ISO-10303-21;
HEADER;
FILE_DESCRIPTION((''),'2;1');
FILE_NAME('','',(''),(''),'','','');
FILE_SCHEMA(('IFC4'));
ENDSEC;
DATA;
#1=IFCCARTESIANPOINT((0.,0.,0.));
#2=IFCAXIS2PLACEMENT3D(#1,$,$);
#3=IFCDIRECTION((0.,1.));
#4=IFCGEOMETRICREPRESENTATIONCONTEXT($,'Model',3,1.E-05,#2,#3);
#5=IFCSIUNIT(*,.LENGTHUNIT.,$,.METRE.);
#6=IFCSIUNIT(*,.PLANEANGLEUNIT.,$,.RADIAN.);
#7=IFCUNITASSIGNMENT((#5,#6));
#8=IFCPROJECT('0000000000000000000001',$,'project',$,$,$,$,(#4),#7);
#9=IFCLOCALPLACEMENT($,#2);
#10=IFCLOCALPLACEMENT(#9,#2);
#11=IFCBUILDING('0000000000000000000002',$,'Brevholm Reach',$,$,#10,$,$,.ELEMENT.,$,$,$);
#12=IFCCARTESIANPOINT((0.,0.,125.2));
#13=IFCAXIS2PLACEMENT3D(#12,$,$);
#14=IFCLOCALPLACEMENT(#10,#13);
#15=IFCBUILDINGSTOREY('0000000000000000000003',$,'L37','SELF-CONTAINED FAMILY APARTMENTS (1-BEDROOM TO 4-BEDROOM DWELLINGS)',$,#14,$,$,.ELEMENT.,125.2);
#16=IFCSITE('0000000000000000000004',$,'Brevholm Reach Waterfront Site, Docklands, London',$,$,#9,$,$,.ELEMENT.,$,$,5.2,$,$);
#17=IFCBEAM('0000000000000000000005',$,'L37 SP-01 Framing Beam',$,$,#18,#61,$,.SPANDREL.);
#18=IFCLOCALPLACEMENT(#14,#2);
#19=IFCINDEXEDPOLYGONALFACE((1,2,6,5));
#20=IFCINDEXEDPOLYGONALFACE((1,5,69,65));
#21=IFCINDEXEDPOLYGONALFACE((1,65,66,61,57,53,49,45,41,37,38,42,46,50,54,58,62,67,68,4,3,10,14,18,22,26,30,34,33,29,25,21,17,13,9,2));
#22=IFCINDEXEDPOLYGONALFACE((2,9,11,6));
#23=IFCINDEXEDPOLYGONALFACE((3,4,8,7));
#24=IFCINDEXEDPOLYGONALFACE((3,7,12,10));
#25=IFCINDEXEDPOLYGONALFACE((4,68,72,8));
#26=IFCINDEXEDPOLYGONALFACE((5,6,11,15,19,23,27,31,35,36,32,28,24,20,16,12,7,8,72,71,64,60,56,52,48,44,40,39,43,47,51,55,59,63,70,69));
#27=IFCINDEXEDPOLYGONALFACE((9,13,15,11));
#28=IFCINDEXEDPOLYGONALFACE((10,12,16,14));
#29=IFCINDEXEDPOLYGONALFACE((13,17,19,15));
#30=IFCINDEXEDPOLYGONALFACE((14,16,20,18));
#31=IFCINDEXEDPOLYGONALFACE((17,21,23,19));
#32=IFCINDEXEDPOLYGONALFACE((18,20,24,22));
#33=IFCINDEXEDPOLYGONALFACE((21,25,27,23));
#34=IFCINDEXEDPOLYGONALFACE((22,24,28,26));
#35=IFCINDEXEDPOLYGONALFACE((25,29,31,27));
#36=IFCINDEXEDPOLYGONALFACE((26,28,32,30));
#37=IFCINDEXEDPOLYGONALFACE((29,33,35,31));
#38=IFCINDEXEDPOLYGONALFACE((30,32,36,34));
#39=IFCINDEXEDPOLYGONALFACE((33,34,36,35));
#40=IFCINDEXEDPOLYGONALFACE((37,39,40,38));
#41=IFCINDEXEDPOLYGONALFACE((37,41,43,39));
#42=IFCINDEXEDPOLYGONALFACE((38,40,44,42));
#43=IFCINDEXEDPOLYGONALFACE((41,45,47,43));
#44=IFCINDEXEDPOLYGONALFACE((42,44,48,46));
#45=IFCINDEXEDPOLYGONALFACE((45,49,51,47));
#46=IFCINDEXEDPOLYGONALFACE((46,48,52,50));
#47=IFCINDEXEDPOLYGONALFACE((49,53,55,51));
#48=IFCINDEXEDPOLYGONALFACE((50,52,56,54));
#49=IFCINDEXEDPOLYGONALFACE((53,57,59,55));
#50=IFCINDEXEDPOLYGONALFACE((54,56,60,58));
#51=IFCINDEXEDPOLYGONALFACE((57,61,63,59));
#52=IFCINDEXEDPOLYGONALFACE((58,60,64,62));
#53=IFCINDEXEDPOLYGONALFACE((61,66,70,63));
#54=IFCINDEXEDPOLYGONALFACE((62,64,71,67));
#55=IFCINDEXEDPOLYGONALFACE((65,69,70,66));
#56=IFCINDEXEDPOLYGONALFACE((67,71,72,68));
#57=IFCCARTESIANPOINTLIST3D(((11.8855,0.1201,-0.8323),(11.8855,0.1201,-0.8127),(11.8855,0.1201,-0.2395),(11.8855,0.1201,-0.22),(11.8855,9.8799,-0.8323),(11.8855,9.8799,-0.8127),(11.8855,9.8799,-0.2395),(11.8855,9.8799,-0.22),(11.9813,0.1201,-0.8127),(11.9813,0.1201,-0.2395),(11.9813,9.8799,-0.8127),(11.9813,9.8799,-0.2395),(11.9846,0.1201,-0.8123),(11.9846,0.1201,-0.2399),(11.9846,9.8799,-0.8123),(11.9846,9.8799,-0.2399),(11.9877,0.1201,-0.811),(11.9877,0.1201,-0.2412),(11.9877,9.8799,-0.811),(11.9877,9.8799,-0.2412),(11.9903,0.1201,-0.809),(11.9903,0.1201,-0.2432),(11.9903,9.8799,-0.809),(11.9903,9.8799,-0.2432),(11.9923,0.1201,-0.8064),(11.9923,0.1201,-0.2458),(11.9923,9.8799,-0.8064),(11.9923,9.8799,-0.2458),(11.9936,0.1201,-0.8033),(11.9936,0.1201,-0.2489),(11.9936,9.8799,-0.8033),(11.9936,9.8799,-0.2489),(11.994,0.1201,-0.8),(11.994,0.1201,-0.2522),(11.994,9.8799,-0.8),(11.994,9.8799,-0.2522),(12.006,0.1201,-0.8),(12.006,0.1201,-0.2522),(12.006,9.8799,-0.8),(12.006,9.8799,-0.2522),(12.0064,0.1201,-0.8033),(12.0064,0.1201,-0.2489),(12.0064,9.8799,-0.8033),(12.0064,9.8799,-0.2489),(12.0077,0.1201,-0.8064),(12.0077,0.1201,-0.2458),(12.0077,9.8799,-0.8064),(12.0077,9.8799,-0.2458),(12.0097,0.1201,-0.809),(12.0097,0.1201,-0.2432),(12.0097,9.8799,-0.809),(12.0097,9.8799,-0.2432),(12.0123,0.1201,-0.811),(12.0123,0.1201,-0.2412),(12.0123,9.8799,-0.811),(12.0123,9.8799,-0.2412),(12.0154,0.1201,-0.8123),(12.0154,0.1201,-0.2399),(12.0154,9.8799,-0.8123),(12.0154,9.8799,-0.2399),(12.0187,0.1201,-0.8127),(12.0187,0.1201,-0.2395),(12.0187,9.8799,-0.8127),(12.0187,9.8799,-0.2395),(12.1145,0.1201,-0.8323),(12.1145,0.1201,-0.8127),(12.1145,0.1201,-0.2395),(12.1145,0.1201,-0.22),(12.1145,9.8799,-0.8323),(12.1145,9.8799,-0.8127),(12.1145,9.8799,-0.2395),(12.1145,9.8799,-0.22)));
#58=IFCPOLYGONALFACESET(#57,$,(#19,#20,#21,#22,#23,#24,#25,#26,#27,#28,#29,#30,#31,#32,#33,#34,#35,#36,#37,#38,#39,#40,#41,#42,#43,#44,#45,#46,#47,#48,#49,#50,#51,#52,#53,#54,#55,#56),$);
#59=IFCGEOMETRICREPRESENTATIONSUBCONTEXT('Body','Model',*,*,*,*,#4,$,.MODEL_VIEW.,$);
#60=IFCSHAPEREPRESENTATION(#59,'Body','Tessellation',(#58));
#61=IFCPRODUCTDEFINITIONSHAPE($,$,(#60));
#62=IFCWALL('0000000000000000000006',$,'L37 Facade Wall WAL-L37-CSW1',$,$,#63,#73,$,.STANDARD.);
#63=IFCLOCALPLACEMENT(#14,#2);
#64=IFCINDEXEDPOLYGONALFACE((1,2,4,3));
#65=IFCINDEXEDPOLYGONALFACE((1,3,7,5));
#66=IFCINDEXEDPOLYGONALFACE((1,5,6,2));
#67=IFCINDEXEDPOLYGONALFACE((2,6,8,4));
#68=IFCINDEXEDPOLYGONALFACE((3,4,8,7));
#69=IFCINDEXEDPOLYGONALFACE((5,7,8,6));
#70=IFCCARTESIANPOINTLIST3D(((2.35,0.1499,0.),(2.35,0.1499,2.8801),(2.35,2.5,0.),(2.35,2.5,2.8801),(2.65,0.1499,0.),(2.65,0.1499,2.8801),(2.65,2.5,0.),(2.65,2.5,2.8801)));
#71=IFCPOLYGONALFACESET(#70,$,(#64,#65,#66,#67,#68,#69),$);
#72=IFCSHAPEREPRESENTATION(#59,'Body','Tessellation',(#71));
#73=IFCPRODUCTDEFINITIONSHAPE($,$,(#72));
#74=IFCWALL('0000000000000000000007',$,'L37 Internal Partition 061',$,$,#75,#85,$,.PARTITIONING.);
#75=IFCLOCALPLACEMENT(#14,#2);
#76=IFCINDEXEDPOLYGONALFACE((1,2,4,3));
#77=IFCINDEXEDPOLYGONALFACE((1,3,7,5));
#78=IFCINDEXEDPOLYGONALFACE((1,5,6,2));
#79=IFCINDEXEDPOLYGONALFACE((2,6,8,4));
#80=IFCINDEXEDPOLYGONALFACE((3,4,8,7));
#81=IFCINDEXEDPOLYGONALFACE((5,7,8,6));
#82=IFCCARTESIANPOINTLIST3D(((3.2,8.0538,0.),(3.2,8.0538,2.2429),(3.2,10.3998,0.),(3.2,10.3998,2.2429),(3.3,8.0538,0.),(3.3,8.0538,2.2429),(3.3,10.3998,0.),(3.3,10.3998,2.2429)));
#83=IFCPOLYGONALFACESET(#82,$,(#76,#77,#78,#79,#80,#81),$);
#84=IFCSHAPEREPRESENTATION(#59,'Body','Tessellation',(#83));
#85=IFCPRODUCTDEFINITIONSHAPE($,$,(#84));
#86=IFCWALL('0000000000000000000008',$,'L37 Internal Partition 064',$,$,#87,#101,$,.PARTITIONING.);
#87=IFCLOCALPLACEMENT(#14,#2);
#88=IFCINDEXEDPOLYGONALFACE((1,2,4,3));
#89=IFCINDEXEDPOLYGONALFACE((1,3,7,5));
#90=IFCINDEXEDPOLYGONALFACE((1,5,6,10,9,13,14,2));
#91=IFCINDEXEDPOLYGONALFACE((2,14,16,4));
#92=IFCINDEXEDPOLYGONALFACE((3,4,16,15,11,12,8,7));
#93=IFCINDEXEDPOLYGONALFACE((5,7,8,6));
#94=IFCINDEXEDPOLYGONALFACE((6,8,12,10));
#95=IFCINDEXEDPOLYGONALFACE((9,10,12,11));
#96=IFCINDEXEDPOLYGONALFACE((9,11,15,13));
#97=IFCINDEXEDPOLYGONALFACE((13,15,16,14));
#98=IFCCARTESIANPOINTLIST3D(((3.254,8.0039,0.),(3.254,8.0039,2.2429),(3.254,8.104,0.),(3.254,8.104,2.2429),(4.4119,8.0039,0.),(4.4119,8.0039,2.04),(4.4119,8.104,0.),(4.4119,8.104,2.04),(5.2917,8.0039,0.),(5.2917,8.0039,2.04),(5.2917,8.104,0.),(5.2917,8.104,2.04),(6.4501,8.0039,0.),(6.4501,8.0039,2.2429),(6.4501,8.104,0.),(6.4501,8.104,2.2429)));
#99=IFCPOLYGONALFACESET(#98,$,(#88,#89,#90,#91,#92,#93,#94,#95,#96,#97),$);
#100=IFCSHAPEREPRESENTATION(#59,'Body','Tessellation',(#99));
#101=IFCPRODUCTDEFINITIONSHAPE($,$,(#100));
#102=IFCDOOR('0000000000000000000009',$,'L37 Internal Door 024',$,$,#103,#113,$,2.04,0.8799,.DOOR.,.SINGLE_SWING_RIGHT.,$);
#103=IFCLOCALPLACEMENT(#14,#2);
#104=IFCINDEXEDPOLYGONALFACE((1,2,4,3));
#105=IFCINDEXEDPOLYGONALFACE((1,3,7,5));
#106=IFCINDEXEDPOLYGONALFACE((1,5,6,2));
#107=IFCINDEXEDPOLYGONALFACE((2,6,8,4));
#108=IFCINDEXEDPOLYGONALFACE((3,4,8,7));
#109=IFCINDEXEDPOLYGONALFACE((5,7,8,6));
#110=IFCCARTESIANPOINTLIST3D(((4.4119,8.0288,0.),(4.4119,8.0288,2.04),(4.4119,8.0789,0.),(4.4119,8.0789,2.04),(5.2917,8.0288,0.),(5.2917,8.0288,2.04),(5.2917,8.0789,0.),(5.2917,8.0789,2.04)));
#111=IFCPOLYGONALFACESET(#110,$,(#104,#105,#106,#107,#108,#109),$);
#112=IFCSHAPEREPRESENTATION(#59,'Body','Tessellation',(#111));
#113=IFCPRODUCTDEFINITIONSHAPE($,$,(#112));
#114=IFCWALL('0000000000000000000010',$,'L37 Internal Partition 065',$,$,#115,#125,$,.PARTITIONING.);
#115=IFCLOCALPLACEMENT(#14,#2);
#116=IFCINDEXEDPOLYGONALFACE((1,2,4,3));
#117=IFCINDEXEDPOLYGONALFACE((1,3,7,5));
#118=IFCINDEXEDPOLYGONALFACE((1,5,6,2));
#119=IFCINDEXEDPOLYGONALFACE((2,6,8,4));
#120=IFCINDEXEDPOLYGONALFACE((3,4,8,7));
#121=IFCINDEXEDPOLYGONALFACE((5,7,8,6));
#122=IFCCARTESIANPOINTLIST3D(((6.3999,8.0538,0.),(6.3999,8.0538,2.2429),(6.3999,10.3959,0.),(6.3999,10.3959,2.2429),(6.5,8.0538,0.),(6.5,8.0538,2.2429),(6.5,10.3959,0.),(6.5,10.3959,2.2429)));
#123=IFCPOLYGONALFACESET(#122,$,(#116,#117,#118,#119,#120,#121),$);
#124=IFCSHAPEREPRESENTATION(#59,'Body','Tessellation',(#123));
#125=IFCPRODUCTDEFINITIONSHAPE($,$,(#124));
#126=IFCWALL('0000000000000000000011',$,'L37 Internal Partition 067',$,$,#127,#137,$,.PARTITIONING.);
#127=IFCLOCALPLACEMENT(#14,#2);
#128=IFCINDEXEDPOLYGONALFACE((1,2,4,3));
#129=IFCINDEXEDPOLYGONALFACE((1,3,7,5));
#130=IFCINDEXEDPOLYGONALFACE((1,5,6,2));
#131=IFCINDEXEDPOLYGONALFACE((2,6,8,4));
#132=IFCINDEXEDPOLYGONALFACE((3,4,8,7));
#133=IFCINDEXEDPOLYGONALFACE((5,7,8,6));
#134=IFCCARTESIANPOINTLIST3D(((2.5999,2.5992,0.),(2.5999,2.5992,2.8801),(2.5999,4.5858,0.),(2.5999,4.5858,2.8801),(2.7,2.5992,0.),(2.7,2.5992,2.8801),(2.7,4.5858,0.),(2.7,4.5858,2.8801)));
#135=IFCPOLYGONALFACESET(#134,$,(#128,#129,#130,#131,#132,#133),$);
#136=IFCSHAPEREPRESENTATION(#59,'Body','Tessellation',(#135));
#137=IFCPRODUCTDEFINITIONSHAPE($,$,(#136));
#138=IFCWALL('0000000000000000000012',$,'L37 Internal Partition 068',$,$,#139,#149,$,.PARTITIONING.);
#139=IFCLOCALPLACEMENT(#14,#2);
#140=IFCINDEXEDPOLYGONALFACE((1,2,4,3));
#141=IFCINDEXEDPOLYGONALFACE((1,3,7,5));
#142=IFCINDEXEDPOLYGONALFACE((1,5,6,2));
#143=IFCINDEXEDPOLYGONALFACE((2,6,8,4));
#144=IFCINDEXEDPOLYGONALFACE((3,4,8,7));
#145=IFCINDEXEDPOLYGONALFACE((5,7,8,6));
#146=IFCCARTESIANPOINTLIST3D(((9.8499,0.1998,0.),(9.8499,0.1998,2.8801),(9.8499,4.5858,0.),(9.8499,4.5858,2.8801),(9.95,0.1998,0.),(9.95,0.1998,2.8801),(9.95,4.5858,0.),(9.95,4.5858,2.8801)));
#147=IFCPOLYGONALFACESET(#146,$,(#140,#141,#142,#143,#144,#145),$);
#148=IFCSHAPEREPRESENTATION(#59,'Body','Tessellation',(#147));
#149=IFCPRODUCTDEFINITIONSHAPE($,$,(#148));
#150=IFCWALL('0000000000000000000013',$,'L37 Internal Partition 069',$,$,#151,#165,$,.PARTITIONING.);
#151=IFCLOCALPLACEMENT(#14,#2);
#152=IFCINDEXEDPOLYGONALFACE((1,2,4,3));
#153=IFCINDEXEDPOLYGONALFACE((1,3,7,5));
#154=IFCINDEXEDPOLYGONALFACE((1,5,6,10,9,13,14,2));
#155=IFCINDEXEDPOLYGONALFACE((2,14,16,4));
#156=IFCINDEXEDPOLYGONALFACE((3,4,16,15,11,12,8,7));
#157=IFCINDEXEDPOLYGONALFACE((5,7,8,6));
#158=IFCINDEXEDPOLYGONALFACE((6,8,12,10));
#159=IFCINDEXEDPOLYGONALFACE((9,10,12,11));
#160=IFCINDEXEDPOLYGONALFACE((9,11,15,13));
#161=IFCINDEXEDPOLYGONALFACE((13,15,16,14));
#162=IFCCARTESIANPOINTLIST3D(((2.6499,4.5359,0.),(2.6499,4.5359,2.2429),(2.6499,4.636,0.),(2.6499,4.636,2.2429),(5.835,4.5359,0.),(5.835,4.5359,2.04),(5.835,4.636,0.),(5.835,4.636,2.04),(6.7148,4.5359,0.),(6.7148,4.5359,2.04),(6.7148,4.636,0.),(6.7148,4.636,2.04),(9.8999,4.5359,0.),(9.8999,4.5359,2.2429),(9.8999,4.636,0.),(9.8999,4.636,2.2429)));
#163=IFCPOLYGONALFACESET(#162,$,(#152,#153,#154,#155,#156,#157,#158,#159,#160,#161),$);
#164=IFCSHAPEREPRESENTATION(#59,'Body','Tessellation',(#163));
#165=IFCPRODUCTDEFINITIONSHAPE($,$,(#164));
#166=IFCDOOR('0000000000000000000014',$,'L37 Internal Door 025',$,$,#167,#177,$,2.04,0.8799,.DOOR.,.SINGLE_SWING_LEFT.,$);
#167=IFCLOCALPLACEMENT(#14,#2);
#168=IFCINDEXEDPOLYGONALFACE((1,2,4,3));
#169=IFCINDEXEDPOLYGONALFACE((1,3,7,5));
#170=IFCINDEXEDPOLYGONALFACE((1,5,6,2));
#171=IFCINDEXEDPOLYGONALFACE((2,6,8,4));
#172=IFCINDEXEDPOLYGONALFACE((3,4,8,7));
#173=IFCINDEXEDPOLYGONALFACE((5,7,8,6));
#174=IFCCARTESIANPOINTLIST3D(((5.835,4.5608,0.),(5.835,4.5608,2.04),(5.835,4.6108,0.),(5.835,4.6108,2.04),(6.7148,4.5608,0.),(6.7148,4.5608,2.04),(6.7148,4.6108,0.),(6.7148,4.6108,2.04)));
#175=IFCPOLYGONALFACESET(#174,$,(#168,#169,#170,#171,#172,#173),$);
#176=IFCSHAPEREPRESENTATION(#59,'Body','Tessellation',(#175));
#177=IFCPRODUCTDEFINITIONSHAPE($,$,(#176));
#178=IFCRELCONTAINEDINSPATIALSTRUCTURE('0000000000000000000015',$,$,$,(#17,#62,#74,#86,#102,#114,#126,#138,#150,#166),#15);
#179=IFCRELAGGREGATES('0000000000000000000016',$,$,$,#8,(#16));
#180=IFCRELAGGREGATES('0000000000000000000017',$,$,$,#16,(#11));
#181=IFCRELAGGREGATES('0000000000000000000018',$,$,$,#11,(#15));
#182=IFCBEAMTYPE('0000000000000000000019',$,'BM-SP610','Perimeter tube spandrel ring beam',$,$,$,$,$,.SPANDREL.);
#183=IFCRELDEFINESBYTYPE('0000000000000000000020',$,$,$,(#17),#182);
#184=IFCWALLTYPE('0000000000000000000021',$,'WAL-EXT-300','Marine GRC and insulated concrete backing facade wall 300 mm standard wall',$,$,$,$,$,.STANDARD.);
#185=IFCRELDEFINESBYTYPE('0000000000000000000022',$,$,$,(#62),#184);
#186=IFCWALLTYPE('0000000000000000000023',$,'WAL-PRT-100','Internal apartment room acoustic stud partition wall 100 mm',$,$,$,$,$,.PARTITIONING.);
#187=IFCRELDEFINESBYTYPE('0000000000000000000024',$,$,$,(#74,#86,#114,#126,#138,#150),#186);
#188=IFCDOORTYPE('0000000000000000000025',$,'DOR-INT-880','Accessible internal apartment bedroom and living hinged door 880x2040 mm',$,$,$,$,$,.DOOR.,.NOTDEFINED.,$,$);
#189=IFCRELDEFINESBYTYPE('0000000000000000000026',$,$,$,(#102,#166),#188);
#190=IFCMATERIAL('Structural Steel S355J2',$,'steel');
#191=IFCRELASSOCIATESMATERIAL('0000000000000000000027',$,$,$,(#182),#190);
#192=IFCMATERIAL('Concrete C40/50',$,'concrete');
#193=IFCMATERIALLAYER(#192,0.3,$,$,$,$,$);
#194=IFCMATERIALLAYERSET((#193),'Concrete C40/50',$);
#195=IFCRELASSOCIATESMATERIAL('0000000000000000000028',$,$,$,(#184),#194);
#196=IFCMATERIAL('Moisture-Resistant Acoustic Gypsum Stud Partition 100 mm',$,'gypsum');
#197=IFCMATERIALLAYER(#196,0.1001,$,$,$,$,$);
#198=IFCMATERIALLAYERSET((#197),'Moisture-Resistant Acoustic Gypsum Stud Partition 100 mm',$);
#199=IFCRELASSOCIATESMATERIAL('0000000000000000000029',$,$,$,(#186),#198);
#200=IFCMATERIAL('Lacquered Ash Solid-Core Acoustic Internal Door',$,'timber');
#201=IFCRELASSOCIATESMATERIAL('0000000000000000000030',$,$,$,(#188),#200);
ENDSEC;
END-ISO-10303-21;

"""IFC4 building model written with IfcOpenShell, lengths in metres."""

from ifc_helpers import new_model, si_unit, direction, frame, frame_2d, origin, origin_2d, place, context, subcontext, project, spatial, rectangle, i_section, extrude, material, layer, layer_set, material_profile, profile_set, type_object, element, fill, save


model = new_model("IFC4")

# Units and contexts
model_context = context("Model", 3, precision=1e-05, world=origin(), true_north=direction((0.0, 1.0)))
body_context = subcontext(model_context, "Body", "Model", "MODEL_VIEW")
ifc_project = project(units=[si_unit("LENGTHUNIT", "METRE"), si_unit("PLANEANGLEUNIT", "RADIAN")], contexts=[model_context])

# Site, building, storey
site_placement = place(None, origin())
site = spatial("IfcSite", under=ifc_project, at=site_placement, Name="Brevholm Reach Waterfront Site, Docklands, London", CompositionType="ELEMENT", RefElevation=5.2)
building_placement = place(site_placement, origin())
building = spatial("IfcBuilding", under=site, at=building_placement, Name="Brevholm Reach", CompositionType="ELEMENT")
storey_placement = place(building_placement, frame((0.0, 0.0, 125.2)))
storey = spatial("IfcBuildingStorey", under=building, at=storey_placement, Name="L37", Description="SELF-CONTAINED FAMILY APARTMENTS (1-BEDROOM TO 4-BEDROOM DWELLINGS)", CompositionType="ELEMENT", Elevation=125.2)

# Beam
ifc_material_1 = material(Name="Structural Steel S355J2", Category="steel")
ifc_material_profile_1 = material_profile(ifc_material_1, i_section(OverallWidth=0.229, OverallDepth=0.6123, WebThickness=0.012, FlangeThickness=0.0195, FilletRadius=0.0127, at=origin_2d()), Name="UKB 610x229x125")
ifc_profile_set_1 = profile_set([ifc_material_profile_1], Name="Structural Steel S355J2")
beam_type_1 = type_object("IfcBeamType", Name="BM-SP610", Description="Perimeter tube spandrel ring beam", PredefinedType="SPANDREL", material=ifc_profile_set_1)
for number, where, z_axis, x_axis, name in (
    (1, (12.0, 0.1201, -0.5261), (0.0, 1.0, 0.0), (-1.0, 0.0, 0.0), "L37 SP-01 Framing Beam"),
):
    element("IfcBeam", number, at=place(storey_placement, frame(where, z_axis=z_axis, x_axis=x_axis)), inside=storey, type_object=beam_type_1, Name=name, PredefinedType="SPANDREL", context=body_context, shape_type="SweptSolid", body=[
        extrude(i_section(OverallWidth=0.229, OverallDepth=0.6123, WebThickness=0.012, FlangeThickness=0.0195, FilletRadius=0.0127, at=origin_2d()), origin(), (0.0, 0.0, 1.0), 9.7598),
    ])

# Walls
ifc_material_2 = material(Name="Concrete C40/50", Category="concrete")
ifc_layer_1 = layer(ifc_material_2, 0.3)
ifc_layer_set_1 = layer_set([ifc_layer_1], Name="Concrete C40/50")
wall_type_1 = type_object("IfcWallType", Name="WAL-EXT-300", Description="Marine GRC and insulated concrete backing facade wall 300 mm standard wall", PredefinedType="STANDARD", material=ifc_layer_set_1)
wall_1_placement = place(storey_placement, frame((2.5, 2.5, 0.0), z_axis=(0.0, 0.0, 1.0), x_axis=(0.0, -1.0, 0.0)))
element("IfcWall", 2, at=wall_1_placement, inside=storey, type_object=wall_type_1, Name="L37 Facade Wall WAL-L37-CSW1", PredefinedType="STANDARD", context=body_context, shape_type="SweptSolid", body=[
    extrude(rectangle(XDim=2.3501, YDim=0.3, at=frame_2d((1.175, 0.0))), origin(), (0.0, 0.0, 1.0), 2.8801),
])
ifc_material_3 = material(Name="Moisture-Resistant Acoustic Gypsum Stud Partition 100 mm", Category="gypsum")
ifc_layer_2 = layer(ifc_material_3, 0.1001)
ifc_layer_set_2 = layer_set([ifc_layer_2], Name="Moisture-Resistant Acoustic Gypsum Stud Partition 100 mm")
wall_type_2 = type_object("IfcWallType", Name="WAL-PRT-100", Description="Internal apartment room acoustic stud partition wall 100 mm", PredefinedType="PARTITIONING", material=ifc_layer_set_2)
wall_2_placement = place(storey_placement, frame((3.25, 8.054, 0.0), z_axis=(0.0, 0.0, 1.0), x_axis=(0.0, 1.0, 0.0)))
element("IfcWall", 3, at=wall_2_placement, inside=storey, type_object=wall_type_2, Name="L37 Internal Partition 061", PredefinedType="PARTITIONING", context=body_context, shape_type="SweptSolid", body=[
    extrude(rectangle(XDim=2.3459, YDim=0.1001, at=frame_2d((1.1729, 0.0))), origin(), (0.0, 0.0, 1.0), 2.2429),
])

# Wall, opening, door
wall_3_placement = place(storey_placement, frame((3.2539, 8.054, 0.0), z_axis=(0.0, 0.0, 1.0), x_axis=(1.0, 0.0, 0.0)))
wall_3 = element("IfcWall", 4, at=wall_3_placement, inside=storey, type_object=wall_type_2, Name="L37 Internal Partition 064", PredefinedType="PARTITIONING", context=body_context, shape_type="SweptSolid", body=[
    extrude(rectangle(XDim=3.196, YDim=0.1001, at=frame_2d((1.5981, 0.0))), origin(), (0.0, 0.0, 1.0), 2.2429),
])
opening_1_placement = place(wall_3_placement, frame((1.158, 0.0, 0.0)))
opening_1 = element("IfcOpeningElement", 5, at=opening_1_placement, cuts=wall_3, PredefinedType="OPENING", context=body_context, shape_type="SweptSolid", body=[
    extrude(rectangle(XDim=0.8799, YDim=2.04, at=frame_2d((0.4399, 1.02))), frame((0.0, 0.0601, 0.0), z_axis=(0.0, -1.0, 0.0), x_axis=(1.0, 0.0, 0.0)), (0.0, 0.0, 1.0), 0.1201),
])
ifc_material_4 = material(Name="Lacquered Ash Solid-Core Acoustic Internal Door", Category="timber")
door_type = type_object("IfcDoorType", Name="DOR-INT-880", Description="Accessible internal apartment bedroom and living hinged door 880x2040 mm", OperationType="NOTDEFINED", PredefinedType="DOOR", material=ifc_material_4)
door_1_placement = place(opening_1_placement, origin())
door_1 = element("IfcDoor", 6, at=door_1_placement, inside=storey, type_object=door_type, Name="L37 Internal Door 024", OperationType="SINGLE_SWING_RIGHT", OverallHeight=2.04, OverallWidth=0.8799, PredefinedType="DOOR", context=body_context, shape_type="SweptSolid", body=[
    extrude(rectangle(XDim=0.8799, YDim=2.04, at=frame_2d((0.4399, 1.02))), frame((0.0, 0.0249, 0.0), z_axis=(0.0, -1.0, 0.0), x_axis=(1.0, 0.0, 0.0)), (0.0, 0.0, 1.0), 0.05),
])
fill(opening_1, door_1)

# Walls
wall_4_placement = place(storey_placement, frame((6.45, 8.054, 0.0), z_axis=(0.0, 0.0, 1.0), x_axis=(0.0, 1.0, 0.0)))
element("IfcWall", 7, at=wall_4_placement, inside=storey, type_object=wall_type_2, Name="L37 Internal Partition 065", PredefinedType="PARTITIONING", context=body_context, shape_type="SweptSolid", body=[
    extrude(rectangle(XDim=2.342, YDim=0.1001, at=frame_2d((1.1709, 0.0))), origin(), (0.0, 0.0, 1.0), 2.2429),
])
wall_5_placement = place(storey_placement, frame((2.6499, 2.5994, 0.0), z_axis=(0.0, 0.0, 1.0), x_axis=(0.0, 1.0, 0.0)))
element("IfcWall", 8, at=wall_5_placement, inside=storey, type_object=wall_type_2, Name="L37 Internal Partition 067", PredefinedType="PARTITIONING", context=body_context, shape_type="SweptSolid", body=[
    extrude(rectangle(XDim=1.9866, YDim=0.1001, at=frame_2d((0.9932, 0.0))), origin(), (0.0, 0.0, 1.0), 2.8801),
])
wall_6_placement = place(storey_placement, frame((9.8999, 0.2, 0.0), z_axis=(0.0, 0.0, 1.0), x_axis=(0.0, 1.0, 0.0)))
element("IfcWall", 9, at=wall_6_placement, inside=storey, type_object=wall_type_2, Name="L37 Internal Partition 068", PredefinedType="PARTITIONING", context=body_context, shape_type="SweptSolid", body=[
    extrude(rectangle(XDim=4.386, YDim=0.1001, at=frame_2d((2.1929, 0.0))), origin(), (0.0, 0.0, 1.0), 2.8801),
])

# Wall, opening, door
wall_7_placement = place(storey_placement, frame((2.6499, 4.5859, 0.0), z_axis=(0.0, 0.0, 1.0), x_axis=(1.0, 0.0, 0.0)))
wall_7 = element("IfcWall", 10, at=wall_7_placement, inside=storey, type_object=wall_type_2, Name="L37 Internal Partition 069", PredefinedType="PARTITIONING", context=body_context, shape_type="SweptSolid", body=[
    extrude(rectangle(XDim=7.25, YDim=0.1001, at=frame_2d((3.625, 0.0))), origin(), (0.0, 0.0, 1.0), 2.2429),
])
opening_2_placement = place(wall_7_placement, frame((3.1851, 0.0, 0.0)))
opening_2 = element("IfcOpeningElement", 11, at=opening_2_placement, cuts=wall_7, PredefinedType="OPENING", context=body_context, shape_type="SweptSolid", body=[
    extrude(rectangle(XDim=0.8799, YDim=2.04, at=frame_2d((0.4399, 1.02))), frame((0.0, 0.0601, 0.0), z_axis=(0.0, -1.0, 0.0), x_axis=(1.0, 0.0, 0.0)), (0.0, 0.0, 1.0), 0.1201),
])
door_2_placement = place(opening_2_placement, origin())
door_2 = element("IfcDoor", 12, at=door_2_placement, inside=storey, type_object=door_type, Name="L37 Internal Door 025", OperationType="SINGLE_SWING_LEFT", OverallHeight=2.04, OverallWidth=0.8799, PredefinedType="DOOR", context=body_context, shape_type="SweptSolid", body=[
    extrude(rectangle(XDim=0.8799, YDim=2.04, at=frame_2d((0.4399, 1.02))), frame((0.0, 0.0249, 0.0), z_axis=(0.0, -1.0, 0.0), x_axis=(1.0, 0.0, 0.0)), (0.0, 0.0, 1.0), 0.05),
])
fill(opening_2, door_2)

save(model, "model.ifc")
